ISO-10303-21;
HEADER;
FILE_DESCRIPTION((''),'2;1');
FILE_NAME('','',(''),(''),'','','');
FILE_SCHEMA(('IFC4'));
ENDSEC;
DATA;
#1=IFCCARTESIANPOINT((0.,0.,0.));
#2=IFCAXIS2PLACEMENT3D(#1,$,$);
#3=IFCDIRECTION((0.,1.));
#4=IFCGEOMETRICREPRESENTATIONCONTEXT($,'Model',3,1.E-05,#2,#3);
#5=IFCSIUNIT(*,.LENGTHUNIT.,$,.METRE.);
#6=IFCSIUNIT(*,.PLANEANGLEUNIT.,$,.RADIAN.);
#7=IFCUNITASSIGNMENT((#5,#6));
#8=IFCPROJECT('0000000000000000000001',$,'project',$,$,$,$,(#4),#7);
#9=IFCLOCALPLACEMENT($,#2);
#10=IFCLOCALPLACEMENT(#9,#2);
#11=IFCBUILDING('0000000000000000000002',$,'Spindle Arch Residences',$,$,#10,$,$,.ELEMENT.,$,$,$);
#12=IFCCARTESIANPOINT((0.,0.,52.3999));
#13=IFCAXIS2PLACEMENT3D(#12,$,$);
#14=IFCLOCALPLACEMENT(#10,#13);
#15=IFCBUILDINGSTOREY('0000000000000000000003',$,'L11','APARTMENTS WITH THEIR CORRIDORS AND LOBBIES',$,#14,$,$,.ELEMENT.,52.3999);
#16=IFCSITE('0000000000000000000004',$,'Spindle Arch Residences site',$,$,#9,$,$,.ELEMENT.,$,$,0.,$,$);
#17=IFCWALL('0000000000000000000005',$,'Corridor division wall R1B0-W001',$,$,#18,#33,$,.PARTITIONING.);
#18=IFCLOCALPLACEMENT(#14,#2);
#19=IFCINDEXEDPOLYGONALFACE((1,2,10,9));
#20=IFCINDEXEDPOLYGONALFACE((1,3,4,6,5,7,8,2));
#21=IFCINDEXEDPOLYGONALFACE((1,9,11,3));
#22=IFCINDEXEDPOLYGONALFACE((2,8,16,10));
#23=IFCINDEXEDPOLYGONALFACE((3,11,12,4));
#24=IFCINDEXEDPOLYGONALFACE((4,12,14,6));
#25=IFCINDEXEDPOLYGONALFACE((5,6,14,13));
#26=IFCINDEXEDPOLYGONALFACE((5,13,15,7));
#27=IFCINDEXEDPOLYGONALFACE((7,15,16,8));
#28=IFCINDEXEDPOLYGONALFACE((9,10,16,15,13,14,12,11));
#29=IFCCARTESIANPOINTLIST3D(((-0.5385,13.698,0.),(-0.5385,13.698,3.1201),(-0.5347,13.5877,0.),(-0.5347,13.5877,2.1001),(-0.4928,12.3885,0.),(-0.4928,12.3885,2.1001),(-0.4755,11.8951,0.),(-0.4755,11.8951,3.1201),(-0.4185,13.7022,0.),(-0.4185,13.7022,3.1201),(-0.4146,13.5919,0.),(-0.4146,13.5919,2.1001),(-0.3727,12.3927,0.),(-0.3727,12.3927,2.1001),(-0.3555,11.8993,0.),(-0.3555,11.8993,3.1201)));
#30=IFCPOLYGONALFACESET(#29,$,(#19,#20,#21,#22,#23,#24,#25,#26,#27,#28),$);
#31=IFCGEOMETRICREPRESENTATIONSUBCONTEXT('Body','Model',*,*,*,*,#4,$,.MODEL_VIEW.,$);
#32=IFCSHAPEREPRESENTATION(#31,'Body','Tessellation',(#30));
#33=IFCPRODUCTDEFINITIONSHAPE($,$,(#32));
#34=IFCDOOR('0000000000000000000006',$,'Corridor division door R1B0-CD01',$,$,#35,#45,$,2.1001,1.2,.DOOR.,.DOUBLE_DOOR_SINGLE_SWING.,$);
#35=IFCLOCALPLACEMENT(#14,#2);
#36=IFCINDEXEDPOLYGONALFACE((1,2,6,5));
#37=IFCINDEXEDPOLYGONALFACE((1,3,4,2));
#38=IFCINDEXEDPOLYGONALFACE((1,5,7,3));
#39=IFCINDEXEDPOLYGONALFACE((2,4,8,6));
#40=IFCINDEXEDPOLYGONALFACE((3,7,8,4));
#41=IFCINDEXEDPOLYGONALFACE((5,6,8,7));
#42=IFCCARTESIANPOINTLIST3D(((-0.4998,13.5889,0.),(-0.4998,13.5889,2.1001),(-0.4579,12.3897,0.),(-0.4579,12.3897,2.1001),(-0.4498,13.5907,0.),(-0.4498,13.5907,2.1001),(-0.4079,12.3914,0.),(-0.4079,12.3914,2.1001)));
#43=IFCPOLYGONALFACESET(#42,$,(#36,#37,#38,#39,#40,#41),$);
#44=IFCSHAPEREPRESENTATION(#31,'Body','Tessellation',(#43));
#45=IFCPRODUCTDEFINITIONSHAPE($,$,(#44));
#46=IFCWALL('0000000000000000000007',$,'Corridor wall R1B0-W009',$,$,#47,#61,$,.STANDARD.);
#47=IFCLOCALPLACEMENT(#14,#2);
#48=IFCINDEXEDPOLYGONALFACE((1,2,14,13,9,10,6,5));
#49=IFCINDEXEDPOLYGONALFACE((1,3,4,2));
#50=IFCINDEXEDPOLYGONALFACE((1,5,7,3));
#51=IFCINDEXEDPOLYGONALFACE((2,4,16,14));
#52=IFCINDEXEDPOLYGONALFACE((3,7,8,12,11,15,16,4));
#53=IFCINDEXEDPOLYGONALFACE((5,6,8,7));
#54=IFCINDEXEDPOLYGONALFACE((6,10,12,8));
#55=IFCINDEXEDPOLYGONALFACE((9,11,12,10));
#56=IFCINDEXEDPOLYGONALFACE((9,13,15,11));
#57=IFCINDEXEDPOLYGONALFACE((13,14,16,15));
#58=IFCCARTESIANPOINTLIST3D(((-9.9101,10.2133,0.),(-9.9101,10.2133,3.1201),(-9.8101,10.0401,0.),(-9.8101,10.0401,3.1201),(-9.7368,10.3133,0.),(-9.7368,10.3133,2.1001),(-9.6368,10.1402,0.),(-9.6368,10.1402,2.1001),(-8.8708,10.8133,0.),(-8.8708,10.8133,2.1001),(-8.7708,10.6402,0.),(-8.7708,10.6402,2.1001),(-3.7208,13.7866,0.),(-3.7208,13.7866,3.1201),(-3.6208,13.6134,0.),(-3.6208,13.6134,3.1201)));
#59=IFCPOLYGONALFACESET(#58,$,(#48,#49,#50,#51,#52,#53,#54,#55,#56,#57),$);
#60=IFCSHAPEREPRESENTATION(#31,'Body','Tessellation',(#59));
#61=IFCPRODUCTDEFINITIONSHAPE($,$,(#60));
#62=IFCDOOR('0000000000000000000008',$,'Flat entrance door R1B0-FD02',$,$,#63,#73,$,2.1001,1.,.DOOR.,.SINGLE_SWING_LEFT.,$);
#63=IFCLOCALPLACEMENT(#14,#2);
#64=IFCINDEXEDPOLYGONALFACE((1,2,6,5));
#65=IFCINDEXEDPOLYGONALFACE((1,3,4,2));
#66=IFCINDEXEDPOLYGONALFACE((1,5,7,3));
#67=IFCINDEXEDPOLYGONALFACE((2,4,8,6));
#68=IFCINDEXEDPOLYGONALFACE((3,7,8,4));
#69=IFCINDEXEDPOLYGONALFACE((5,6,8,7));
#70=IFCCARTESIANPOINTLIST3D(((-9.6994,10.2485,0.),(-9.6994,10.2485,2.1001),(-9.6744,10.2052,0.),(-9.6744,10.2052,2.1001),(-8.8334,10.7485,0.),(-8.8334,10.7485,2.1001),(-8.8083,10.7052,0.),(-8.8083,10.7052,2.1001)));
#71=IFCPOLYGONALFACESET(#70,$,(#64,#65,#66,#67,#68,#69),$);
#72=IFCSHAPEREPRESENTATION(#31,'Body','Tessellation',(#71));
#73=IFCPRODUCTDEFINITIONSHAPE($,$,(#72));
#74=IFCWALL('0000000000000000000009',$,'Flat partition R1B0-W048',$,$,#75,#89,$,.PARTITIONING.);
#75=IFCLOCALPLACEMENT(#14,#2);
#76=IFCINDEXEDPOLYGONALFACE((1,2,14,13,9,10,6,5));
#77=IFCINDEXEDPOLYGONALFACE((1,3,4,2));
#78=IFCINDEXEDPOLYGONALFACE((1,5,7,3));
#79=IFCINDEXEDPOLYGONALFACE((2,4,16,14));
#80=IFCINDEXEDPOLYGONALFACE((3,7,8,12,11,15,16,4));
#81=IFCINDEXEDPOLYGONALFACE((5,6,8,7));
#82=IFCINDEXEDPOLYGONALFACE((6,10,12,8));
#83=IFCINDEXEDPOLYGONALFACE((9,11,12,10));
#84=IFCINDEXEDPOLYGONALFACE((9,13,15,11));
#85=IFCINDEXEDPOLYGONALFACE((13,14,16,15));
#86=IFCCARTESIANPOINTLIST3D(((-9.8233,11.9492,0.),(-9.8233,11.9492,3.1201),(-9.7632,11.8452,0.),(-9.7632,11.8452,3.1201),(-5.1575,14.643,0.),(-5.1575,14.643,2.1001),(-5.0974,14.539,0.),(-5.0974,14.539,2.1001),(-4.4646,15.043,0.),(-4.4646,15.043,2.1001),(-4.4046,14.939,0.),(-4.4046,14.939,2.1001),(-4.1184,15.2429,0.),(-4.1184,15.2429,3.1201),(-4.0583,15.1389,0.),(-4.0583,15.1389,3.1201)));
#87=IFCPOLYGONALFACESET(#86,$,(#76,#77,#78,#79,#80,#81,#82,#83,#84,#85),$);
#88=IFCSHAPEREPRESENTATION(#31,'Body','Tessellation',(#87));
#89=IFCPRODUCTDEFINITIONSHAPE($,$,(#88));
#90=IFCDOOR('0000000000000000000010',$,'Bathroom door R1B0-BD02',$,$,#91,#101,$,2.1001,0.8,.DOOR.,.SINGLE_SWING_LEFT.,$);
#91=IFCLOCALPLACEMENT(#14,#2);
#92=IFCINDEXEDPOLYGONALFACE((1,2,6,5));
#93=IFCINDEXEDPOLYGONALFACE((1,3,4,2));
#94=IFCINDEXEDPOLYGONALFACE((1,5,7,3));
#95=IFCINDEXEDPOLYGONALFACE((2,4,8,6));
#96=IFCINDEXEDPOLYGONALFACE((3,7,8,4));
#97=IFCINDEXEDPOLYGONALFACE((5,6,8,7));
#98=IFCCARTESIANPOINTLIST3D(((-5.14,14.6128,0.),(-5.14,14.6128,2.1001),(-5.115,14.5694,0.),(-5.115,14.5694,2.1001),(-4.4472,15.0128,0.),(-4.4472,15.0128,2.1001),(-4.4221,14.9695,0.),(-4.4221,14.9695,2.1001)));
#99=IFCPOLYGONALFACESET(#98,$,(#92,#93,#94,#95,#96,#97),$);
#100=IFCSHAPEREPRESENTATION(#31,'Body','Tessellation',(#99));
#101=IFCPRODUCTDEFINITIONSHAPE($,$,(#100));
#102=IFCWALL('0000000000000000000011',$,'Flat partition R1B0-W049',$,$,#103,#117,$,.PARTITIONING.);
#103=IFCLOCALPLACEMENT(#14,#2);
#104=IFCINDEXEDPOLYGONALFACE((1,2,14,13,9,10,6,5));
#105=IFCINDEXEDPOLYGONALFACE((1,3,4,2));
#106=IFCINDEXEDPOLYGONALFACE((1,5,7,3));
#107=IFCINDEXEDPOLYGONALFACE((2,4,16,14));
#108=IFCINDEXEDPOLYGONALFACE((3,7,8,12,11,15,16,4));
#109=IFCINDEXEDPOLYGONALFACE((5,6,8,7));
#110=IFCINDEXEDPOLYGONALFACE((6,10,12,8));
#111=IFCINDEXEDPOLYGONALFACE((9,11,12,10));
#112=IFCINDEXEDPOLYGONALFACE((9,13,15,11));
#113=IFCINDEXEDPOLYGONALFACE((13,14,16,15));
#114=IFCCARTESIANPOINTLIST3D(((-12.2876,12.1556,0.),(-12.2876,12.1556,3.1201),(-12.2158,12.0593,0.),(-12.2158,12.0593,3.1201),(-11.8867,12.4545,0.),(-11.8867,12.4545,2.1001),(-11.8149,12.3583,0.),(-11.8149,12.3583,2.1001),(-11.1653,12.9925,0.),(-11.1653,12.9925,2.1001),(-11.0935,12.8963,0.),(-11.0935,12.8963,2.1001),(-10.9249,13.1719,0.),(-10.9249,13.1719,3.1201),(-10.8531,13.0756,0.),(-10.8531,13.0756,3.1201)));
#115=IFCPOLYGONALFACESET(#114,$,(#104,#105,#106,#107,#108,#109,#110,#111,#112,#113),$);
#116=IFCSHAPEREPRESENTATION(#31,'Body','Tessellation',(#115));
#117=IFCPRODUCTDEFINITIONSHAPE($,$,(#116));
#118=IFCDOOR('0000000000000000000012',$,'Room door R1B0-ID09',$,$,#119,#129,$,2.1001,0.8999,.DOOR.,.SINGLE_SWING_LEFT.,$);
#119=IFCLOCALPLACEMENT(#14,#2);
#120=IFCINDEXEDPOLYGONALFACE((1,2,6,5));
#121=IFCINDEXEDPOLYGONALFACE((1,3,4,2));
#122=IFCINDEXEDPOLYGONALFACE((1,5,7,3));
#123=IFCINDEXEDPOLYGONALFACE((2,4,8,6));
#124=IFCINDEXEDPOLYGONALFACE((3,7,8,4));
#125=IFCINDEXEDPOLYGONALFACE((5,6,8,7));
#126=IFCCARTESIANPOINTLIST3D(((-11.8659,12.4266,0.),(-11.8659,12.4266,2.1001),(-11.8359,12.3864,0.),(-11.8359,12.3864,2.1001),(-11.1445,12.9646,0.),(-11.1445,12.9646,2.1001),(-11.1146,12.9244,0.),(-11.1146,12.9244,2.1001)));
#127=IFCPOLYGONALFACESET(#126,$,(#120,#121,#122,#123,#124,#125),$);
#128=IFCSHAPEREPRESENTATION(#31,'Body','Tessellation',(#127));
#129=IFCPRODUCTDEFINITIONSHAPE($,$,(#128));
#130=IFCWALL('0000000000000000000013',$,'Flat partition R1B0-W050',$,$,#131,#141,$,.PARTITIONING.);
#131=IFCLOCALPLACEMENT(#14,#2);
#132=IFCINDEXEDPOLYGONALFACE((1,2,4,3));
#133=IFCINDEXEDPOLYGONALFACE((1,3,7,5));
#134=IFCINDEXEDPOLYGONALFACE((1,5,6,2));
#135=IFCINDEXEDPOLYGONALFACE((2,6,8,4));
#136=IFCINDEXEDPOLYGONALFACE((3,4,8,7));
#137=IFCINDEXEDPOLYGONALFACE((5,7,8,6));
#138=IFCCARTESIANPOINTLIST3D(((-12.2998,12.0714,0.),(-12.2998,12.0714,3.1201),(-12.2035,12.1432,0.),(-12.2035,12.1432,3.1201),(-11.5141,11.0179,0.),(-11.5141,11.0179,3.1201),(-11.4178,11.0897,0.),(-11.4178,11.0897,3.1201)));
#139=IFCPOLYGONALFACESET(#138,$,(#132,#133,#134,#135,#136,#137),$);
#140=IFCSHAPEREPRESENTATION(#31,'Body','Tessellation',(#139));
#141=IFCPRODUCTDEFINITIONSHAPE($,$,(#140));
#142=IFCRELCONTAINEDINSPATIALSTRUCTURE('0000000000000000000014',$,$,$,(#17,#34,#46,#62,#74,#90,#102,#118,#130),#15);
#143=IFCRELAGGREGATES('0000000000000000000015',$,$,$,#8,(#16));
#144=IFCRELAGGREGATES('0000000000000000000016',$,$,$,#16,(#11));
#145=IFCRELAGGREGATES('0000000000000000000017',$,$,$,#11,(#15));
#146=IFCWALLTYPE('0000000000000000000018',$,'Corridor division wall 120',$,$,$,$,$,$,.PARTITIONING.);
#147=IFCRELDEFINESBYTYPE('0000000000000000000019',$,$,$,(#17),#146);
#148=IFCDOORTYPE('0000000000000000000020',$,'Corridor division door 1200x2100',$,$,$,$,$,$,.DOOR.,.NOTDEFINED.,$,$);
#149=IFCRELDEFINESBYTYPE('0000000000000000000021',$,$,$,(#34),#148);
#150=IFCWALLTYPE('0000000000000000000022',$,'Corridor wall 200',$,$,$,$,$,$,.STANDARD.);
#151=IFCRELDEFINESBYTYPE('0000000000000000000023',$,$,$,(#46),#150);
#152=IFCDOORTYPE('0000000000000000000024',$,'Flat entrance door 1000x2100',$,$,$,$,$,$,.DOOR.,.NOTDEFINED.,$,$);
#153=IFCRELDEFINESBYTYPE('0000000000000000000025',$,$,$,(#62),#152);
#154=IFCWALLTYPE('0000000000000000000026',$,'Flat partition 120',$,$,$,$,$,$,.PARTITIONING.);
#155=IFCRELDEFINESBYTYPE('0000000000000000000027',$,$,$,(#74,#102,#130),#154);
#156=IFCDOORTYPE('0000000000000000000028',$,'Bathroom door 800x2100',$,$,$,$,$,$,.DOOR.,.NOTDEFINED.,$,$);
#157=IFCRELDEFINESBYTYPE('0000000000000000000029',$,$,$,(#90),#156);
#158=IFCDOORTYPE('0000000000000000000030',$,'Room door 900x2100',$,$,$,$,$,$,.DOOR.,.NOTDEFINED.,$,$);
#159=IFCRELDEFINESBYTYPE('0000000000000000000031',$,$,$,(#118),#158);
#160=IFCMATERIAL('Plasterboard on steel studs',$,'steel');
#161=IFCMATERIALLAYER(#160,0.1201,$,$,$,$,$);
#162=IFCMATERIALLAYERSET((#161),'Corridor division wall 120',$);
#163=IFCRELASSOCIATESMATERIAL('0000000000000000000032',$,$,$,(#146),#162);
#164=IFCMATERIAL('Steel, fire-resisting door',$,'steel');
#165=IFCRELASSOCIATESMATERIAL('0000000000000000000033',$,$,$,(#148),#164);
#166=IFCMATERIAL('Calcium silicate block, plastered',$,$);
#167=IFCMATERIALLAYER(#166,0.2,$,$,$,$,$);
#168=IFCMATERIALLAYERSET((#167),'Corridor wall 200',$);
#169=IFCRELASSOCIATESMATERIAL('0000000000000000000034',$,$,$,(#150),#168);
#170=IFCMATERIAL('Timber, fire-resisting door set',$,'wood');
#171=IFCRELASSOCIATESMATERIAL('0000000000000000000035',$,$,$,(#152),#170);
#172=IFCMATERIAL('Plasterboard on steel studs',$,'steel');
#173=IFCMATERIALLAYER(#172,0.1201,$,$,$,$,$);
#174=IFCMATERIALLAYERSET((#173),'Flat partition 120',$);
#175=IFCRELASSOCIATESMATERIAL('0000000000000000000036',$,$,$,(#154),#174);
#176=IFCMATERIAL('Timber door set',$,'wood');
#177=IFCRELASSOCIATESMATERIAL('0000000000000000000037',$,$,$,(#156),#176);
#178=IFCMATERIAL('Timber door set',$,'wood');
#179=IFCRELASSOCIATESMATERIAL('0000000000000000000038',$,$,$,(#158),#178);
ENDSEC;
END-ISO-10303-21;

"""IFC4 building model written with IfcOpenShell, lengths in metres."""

from ifc_helpers import new_model, si_unit, direction, frame, frame_2d, origin, place, context, subcontext, project, spatial, rectangle, extrude, material, layer, layer_set, type_object, element, fill, save


model = new_model("IFC4")

# Units and contexts
model_context = context("Model", 3, precision=1e-05, world=origin(), true_north=direction((0.0, 1.0)))
body_context = subcontext(model_context, "Body", "Model", "MODEL_VIEW")
ifc_project = project(units=[si_unit("LENGTHUNIT", "METRE"), si_unit("PLANEANGLEUNIT", "RADIAN")], contexts=[model_context])

# Site, building, storey
site_placement = place(None, origin())
site = spatial("IfcSite", under=ifc_project, at=site_placement, Name="Spindle Arch Residences site", CompositionType="ELEMENT", RefElevation=0.0)
building_placement = place(site_placement, origin())
building = spatial("IfcBuilding", under=site, at=building_placement, Name="Spindle Arch Residences", CompositionType="ELEMENT")
storey_placement = place(building_placement, frame((0.0, 0.0, 52.3999)))
storey = spatial("IfcBuildingStorey", under=building, at=storey_placement, Name="L11", Description="APARTMENTS WITH THEIR CORRIDORS AND LOBBIES", CompositionType="ELEMENT", Elevation=52.3999)

# Walls, openings, doors
ifc_material_1 = material(Name="Plasterboard on steel studs", Category="steel")
ifc_layer_1 = layer(ifc_material_1, 0.1201)
ifc_layer_set_1 = layer_set([ifc_layer_1], Name="Corridor division wall 120")
wall_type_1 = type_object("IfcWallType", Name="Corridor division wall 120", PredefinedType="PARTITIONING", material=ifc_layer_set_1)
wall_1_placement = place(storey_placement, frame((-0.4785, 13.7, 0.0), z_axis=(0.0, 0.0, 1.0), x_axis=(0.034919, -0.99939, 0.0)))
wall_1 = element("IfcWall", 1, at=wall_1_placement, inside=storey, type_object=wall_type_1, Name="Corridor division wall R1B0-W001", PredefinedType="PARTITIONING", context=body_context, shape_type="SweptSolid", body=[
    extrude(rectangle(XDim=1.804, YDim=0.1201, at=frame_2d((0.9019, 0.0))), origin(), (0.0, 0.0, 1.0), 3.1201),
])
opening_1_placement = place(wall_1_placement, frame((0.1101, 0.0, 0.0)))
opening_1 = element("IfcOpeningElement", 2, at=opening_1_placement, cuts=wall_1, PredefinedType="OPENING", context=body_context, shape_type="SweptSolid", body=[
    extrude(rectangle(XDim=1.2, YDim=2.1001, at=frame_2d((0.6001, 1.05))), frame((0.0, 0.0701, 0.0), z_axis=(0.0, -1.0, 0.0), x_axis=(1.0, 0.0, 0.0)), (0.0, 0.0, 1.0), 0.1401),
])
ifc_material_2 = material(Name="Steel, fire-resisting door", Category="steel")
door_type_1 = type_object("IfcDoorType", Name="Corridor division door 1200x2100", OperationType="NOTDEFINED", PredefinedType="DOOR", material=ifc_material_2)
door_1_placement = place(opening_1_placement, origin())
door_1 = element("IfcDoor", 3, at=door_1_placement, inside=storey, type_object=door_type_1, Name="Corridor division door R1B0-CD01", OperationType="DOUBLE_DOOR_SINGLE_SWING", OverallHeight=2.1001, OverallWidth=1.2, PredefinedType="DOOR", context=body_context, shape_type="SweptSolid", body=[
    extrude(rectangle(XDim=1.2, YDim=2.1001, at=frame_2d((0.6001, 1.05))), frame((0.0, 0.0249, 0.0), z_axis=(0.0, -1.0, 0.0), x_axis=(1.0, 0.0, 0.0)), (0.0, 0.0, 1.0), 0.05),
])
fill(opening_1, door_1)
ifc_material_3 = material(Name="Calcium silicate block, plastered")
ifc_layer_2 = layer(ifc_material_3, 0.2)
ifc_layer_set_2 = layer_set([ifc_layer_2], Name="Corridor wall 200")
wall_type_2 = type_object("IfcWallType", Name="Corridor wall 200", PredefinedType="STANDARD", material=ifc_layer_set_2)
wall_2_placement = place(storey_placement, frame((-3.6709, 13.7, 0.0), z_axis=(0.0, 0.0, 1.0), x_axis=(-0.866031, -0.49999, 0.0)))
wall_2 = element("IfcWall", 4, at=wall_2_placement, inside=storey, type_object=wall_type_2, Name="Corridor wall R1B0-W009", PredefinedType="STANDARD", context=body_context, shape_type="SweptSolid", body=[
    extrude(rectangle(XDim=7.1467, YDim=0.2, at=frame_2d((3.5732, 0.0))), origin(), (0.0, 0.0, 1.0), 3.1201),
])
opening_2_placement = place(wall_2_placement, frame((5.9465, 0.0, 0.0)))
opening_2 = element("IfcOpeningElement", 5, at=opening_2_placement, cuts=wall_2, PredefinedType="OPENING", context=body_context, shape_type="SweptSolid", body=[
    extrude(rectangle(XDim=1.0, YDim=2.1001, at=frame_2d((0.5, 1.05))), frame((0.0, 0.1099, 0.0), z_axis=(0.0, -1.0, 0.0), x_axis=(1.0, 0.0, 0.0)), (0.0, 0.0, 1.0), 0.22),
])
ifc_material_4 = material(Name="Timber, fire-resisting door set", Category="wood")
door_type_2 = type_object("IfcDoorType", Name="Flat entrance door 1000x2100", OperationType="NOTDEFINED", PredefinedType="DOOR", material=ifc_material_4)
door_2_placement = place(opening_2_placement, origin())
door_2 = element("IfcDoor", 6, at=door_2_placement, inside=storey, type_object=door_type_2, Name="Flat entrance door R1B0-FD02", OperationType="SINGLE_SWING_LEFT", OverallHeight=2.1001, OverallWidth=1.0, PredefinedType="DOOR", context=body_context, shape_type="SweptSolid", body=[
    extrude(rectangle(XDim=1.0, YDim=2.1001, at=frame_2d((0.5, 1.05))), frame((0.0, 0.0249, 0.0), z_axis=(0.0, -1.0, 0.0), x_axis=(1.0, 0.0, 0.0)), (0.0, 0.0, 1.0), 0.05),
])
fill(opening_2, door_2)
ifc_material_5 = material(Name="Plasterboard on steel studs", Category="steel")
ifc_layer_3 = layer(ifc_material_5, 0.1201)
ifc_layer_set_3 = layer_set([ifc_layer_3], Name="Flat partition 120")
wall_type_3 = type_object("IfcWallType", Name="Flat partition 120", PredefinedType="PARTITIONING", material=ifc_layer_set_3)
wall_3_placement = place(storey_placement, frame((-4.0884, 15.1909, 0.0), z_axis=(0.0, 0.0, 1.0), x_axis=(-0.866025, -0.500002, 0.0)))
wall_3 = element("IfcWall", 7, at=wall_3_placement, inside=storey, type_object=wall_type_3, Name="Flat partition R1B0-W048", PredefinedType="PARTITIONING", context=body_context, shape_type="SweptSolid", body=[
    extrude(rectangle(XDim=6.5874, YDim=0.1201, at=frame_2d((3.2937, 0.0))), origin(), (0.0, 0.0, 1.0), 3.1201),
])
opening_3_placement = place(wall_3_placement, frame((0.3999, 0.0, 0.0)))
opening_3 = element("IfcOpeningElement", 8, at=opening_3_placement, cuts=wall_3, PredefinedType="OPENING", context=body_context, shape_type="SweptSolid", body=[
    extrude(rectangle(XDim=0.8, YDim=2.1001, at=frame_2d((0.3999, 1.05))), frame((0.0, 0.0701, 0.0), z_axis=(0.0, -1.0, 0.0), x_axis=(1.0, 0.0, 0.0)), (0.0, 0.0, 1.0), 0.1401),
])
ifc_material_6 = material(Name="Timber door set", Category="wood")
door_type_3 = type_object("IfcDoorType", Name="Bathroom door 800x2100", OperationType="NOTDEFINED", PredefinedType="DOOR", material=ifc_material_6)
door_3_placement = place(opening_3_placement, origin())
door_3 = element("IfcDoor", 9, at=door_3_placement, inside=storey, type_object=door_type_3, Name="Bathroom door R1B0-BD02", OperationType="SINGLE_SWING_LEFT", OverallHeight=2.1001, OverallWidth=0.8, PredefinedType="DOOR", context=body_context, shape_type="SweptSolid", body=[
    extrude(rectangle(XDim=0.8, YDim=2.1001, at=frame_2d((0.3999, 1.05))), frame((0.0, 0.0249, 0.0), z_axis=(0.0, -1.0, 0.0), x_axis=(1.0, 0.0, 0.0)), (0.0, 0.0, 1.0), 0.05),
])
fill(opening_3, door_3)
wall_4_placement = place(storey_placement, frame((-10.8889, 13.1238, 0.0), z_axis=(0.0, 0.0, 1.0), x_axis=(-0.801617, -0.597838, 0.0)))
wall_4 = element("IfcWall", 10, at=wall_4_placement, inside=storey, type_object=wall_type_3, Name="Flat partition R1B0-W049", PredefinedType="PARTITIONING", context=body_context, shape_type="SweptSolid", body=[
    extrude(rectangle(XDim=1.7, YDim=0.1201, at=frame_2d((0.8501, 0.0))), origin(), (0.0, 0.0, 1.0), 3.1201),
])
opening_4_placement = place(wall_4_placement, frame((0.3, 0.0, 0.0)))
opening_4 = element("IfcOpeningElement", 11, at=opening_4_placement, cuts=wall_4, PredefinedType="OPENING", context=body_context, shape_type="SweptSolid", body=[
    extrude(rectangle(XDim=0.8999, YDim=2.1001, at=frame_2d((0.45, 1.05))), frame((0.0, 0.0701, 0.0), z_axis=(0.0, -1.0, 0.0), x_axis=(1.0, 0.0, 0.0)), (0.0, 0.0, 1.0), 0.1401),
])
ifc_material_7 = material(Name="Timber door set", Category="wood")
door_type_4 = type_object("IfcDoorType", Name="Room door 900x2100", OperationType="NOTDEFINED", PredefinedType="DOOR", material=ifc_material_7)
door_4_placement = place(opening_4_placement, origin())
door_4 = element("IfcDoor", 12, at=door_4_placement, inside=storey, type_object=door_type_4, Name="Room door R1B0-ID09", OperationType="SINGLE_SWING_LEFT", OverallHeight=2.1001, OverallWidth=0.8999, PredefinedType="DOOR", context=body_context, shape_type="SweptSolid", body=[
    extrude(rectangle(XDim=0.8999, YDim=2.1001, at=frame_2d((0.45, 1.05))), frame((0.0, 0.0249, 0.0), z_axis=(0.0, -1.0, 0.0), x_axis=(1.0, 0.0, 0.0)), (0.0, 0.0, 1.0), 0.05),
])
fill(opening_4, door_4)

# Wall
wall_5_placement = place(storey_placement, frame((-12.2517, 12.1074, 0.0), z_axis=(0.0, 0.0, 1.0), x_axis=(0.597828, -0.801624, 0.0)))
element("IfcWall", 13, at=wall_5_placement, inside=storey, type_object=wall_type_3, Name="Flat partition R1B0-W050", PredefinedType="PARTITIONING", context=body_context, shape_type="SweptSolid", body=[
    extrude(rectangle(XDim=1.3142, YDim=0.1201, at=frame_2d((0.6572, 0.0))), origin(), (0.0, 0.0, 1.0), 3.1201),
])

save(model, "model.ifc")
